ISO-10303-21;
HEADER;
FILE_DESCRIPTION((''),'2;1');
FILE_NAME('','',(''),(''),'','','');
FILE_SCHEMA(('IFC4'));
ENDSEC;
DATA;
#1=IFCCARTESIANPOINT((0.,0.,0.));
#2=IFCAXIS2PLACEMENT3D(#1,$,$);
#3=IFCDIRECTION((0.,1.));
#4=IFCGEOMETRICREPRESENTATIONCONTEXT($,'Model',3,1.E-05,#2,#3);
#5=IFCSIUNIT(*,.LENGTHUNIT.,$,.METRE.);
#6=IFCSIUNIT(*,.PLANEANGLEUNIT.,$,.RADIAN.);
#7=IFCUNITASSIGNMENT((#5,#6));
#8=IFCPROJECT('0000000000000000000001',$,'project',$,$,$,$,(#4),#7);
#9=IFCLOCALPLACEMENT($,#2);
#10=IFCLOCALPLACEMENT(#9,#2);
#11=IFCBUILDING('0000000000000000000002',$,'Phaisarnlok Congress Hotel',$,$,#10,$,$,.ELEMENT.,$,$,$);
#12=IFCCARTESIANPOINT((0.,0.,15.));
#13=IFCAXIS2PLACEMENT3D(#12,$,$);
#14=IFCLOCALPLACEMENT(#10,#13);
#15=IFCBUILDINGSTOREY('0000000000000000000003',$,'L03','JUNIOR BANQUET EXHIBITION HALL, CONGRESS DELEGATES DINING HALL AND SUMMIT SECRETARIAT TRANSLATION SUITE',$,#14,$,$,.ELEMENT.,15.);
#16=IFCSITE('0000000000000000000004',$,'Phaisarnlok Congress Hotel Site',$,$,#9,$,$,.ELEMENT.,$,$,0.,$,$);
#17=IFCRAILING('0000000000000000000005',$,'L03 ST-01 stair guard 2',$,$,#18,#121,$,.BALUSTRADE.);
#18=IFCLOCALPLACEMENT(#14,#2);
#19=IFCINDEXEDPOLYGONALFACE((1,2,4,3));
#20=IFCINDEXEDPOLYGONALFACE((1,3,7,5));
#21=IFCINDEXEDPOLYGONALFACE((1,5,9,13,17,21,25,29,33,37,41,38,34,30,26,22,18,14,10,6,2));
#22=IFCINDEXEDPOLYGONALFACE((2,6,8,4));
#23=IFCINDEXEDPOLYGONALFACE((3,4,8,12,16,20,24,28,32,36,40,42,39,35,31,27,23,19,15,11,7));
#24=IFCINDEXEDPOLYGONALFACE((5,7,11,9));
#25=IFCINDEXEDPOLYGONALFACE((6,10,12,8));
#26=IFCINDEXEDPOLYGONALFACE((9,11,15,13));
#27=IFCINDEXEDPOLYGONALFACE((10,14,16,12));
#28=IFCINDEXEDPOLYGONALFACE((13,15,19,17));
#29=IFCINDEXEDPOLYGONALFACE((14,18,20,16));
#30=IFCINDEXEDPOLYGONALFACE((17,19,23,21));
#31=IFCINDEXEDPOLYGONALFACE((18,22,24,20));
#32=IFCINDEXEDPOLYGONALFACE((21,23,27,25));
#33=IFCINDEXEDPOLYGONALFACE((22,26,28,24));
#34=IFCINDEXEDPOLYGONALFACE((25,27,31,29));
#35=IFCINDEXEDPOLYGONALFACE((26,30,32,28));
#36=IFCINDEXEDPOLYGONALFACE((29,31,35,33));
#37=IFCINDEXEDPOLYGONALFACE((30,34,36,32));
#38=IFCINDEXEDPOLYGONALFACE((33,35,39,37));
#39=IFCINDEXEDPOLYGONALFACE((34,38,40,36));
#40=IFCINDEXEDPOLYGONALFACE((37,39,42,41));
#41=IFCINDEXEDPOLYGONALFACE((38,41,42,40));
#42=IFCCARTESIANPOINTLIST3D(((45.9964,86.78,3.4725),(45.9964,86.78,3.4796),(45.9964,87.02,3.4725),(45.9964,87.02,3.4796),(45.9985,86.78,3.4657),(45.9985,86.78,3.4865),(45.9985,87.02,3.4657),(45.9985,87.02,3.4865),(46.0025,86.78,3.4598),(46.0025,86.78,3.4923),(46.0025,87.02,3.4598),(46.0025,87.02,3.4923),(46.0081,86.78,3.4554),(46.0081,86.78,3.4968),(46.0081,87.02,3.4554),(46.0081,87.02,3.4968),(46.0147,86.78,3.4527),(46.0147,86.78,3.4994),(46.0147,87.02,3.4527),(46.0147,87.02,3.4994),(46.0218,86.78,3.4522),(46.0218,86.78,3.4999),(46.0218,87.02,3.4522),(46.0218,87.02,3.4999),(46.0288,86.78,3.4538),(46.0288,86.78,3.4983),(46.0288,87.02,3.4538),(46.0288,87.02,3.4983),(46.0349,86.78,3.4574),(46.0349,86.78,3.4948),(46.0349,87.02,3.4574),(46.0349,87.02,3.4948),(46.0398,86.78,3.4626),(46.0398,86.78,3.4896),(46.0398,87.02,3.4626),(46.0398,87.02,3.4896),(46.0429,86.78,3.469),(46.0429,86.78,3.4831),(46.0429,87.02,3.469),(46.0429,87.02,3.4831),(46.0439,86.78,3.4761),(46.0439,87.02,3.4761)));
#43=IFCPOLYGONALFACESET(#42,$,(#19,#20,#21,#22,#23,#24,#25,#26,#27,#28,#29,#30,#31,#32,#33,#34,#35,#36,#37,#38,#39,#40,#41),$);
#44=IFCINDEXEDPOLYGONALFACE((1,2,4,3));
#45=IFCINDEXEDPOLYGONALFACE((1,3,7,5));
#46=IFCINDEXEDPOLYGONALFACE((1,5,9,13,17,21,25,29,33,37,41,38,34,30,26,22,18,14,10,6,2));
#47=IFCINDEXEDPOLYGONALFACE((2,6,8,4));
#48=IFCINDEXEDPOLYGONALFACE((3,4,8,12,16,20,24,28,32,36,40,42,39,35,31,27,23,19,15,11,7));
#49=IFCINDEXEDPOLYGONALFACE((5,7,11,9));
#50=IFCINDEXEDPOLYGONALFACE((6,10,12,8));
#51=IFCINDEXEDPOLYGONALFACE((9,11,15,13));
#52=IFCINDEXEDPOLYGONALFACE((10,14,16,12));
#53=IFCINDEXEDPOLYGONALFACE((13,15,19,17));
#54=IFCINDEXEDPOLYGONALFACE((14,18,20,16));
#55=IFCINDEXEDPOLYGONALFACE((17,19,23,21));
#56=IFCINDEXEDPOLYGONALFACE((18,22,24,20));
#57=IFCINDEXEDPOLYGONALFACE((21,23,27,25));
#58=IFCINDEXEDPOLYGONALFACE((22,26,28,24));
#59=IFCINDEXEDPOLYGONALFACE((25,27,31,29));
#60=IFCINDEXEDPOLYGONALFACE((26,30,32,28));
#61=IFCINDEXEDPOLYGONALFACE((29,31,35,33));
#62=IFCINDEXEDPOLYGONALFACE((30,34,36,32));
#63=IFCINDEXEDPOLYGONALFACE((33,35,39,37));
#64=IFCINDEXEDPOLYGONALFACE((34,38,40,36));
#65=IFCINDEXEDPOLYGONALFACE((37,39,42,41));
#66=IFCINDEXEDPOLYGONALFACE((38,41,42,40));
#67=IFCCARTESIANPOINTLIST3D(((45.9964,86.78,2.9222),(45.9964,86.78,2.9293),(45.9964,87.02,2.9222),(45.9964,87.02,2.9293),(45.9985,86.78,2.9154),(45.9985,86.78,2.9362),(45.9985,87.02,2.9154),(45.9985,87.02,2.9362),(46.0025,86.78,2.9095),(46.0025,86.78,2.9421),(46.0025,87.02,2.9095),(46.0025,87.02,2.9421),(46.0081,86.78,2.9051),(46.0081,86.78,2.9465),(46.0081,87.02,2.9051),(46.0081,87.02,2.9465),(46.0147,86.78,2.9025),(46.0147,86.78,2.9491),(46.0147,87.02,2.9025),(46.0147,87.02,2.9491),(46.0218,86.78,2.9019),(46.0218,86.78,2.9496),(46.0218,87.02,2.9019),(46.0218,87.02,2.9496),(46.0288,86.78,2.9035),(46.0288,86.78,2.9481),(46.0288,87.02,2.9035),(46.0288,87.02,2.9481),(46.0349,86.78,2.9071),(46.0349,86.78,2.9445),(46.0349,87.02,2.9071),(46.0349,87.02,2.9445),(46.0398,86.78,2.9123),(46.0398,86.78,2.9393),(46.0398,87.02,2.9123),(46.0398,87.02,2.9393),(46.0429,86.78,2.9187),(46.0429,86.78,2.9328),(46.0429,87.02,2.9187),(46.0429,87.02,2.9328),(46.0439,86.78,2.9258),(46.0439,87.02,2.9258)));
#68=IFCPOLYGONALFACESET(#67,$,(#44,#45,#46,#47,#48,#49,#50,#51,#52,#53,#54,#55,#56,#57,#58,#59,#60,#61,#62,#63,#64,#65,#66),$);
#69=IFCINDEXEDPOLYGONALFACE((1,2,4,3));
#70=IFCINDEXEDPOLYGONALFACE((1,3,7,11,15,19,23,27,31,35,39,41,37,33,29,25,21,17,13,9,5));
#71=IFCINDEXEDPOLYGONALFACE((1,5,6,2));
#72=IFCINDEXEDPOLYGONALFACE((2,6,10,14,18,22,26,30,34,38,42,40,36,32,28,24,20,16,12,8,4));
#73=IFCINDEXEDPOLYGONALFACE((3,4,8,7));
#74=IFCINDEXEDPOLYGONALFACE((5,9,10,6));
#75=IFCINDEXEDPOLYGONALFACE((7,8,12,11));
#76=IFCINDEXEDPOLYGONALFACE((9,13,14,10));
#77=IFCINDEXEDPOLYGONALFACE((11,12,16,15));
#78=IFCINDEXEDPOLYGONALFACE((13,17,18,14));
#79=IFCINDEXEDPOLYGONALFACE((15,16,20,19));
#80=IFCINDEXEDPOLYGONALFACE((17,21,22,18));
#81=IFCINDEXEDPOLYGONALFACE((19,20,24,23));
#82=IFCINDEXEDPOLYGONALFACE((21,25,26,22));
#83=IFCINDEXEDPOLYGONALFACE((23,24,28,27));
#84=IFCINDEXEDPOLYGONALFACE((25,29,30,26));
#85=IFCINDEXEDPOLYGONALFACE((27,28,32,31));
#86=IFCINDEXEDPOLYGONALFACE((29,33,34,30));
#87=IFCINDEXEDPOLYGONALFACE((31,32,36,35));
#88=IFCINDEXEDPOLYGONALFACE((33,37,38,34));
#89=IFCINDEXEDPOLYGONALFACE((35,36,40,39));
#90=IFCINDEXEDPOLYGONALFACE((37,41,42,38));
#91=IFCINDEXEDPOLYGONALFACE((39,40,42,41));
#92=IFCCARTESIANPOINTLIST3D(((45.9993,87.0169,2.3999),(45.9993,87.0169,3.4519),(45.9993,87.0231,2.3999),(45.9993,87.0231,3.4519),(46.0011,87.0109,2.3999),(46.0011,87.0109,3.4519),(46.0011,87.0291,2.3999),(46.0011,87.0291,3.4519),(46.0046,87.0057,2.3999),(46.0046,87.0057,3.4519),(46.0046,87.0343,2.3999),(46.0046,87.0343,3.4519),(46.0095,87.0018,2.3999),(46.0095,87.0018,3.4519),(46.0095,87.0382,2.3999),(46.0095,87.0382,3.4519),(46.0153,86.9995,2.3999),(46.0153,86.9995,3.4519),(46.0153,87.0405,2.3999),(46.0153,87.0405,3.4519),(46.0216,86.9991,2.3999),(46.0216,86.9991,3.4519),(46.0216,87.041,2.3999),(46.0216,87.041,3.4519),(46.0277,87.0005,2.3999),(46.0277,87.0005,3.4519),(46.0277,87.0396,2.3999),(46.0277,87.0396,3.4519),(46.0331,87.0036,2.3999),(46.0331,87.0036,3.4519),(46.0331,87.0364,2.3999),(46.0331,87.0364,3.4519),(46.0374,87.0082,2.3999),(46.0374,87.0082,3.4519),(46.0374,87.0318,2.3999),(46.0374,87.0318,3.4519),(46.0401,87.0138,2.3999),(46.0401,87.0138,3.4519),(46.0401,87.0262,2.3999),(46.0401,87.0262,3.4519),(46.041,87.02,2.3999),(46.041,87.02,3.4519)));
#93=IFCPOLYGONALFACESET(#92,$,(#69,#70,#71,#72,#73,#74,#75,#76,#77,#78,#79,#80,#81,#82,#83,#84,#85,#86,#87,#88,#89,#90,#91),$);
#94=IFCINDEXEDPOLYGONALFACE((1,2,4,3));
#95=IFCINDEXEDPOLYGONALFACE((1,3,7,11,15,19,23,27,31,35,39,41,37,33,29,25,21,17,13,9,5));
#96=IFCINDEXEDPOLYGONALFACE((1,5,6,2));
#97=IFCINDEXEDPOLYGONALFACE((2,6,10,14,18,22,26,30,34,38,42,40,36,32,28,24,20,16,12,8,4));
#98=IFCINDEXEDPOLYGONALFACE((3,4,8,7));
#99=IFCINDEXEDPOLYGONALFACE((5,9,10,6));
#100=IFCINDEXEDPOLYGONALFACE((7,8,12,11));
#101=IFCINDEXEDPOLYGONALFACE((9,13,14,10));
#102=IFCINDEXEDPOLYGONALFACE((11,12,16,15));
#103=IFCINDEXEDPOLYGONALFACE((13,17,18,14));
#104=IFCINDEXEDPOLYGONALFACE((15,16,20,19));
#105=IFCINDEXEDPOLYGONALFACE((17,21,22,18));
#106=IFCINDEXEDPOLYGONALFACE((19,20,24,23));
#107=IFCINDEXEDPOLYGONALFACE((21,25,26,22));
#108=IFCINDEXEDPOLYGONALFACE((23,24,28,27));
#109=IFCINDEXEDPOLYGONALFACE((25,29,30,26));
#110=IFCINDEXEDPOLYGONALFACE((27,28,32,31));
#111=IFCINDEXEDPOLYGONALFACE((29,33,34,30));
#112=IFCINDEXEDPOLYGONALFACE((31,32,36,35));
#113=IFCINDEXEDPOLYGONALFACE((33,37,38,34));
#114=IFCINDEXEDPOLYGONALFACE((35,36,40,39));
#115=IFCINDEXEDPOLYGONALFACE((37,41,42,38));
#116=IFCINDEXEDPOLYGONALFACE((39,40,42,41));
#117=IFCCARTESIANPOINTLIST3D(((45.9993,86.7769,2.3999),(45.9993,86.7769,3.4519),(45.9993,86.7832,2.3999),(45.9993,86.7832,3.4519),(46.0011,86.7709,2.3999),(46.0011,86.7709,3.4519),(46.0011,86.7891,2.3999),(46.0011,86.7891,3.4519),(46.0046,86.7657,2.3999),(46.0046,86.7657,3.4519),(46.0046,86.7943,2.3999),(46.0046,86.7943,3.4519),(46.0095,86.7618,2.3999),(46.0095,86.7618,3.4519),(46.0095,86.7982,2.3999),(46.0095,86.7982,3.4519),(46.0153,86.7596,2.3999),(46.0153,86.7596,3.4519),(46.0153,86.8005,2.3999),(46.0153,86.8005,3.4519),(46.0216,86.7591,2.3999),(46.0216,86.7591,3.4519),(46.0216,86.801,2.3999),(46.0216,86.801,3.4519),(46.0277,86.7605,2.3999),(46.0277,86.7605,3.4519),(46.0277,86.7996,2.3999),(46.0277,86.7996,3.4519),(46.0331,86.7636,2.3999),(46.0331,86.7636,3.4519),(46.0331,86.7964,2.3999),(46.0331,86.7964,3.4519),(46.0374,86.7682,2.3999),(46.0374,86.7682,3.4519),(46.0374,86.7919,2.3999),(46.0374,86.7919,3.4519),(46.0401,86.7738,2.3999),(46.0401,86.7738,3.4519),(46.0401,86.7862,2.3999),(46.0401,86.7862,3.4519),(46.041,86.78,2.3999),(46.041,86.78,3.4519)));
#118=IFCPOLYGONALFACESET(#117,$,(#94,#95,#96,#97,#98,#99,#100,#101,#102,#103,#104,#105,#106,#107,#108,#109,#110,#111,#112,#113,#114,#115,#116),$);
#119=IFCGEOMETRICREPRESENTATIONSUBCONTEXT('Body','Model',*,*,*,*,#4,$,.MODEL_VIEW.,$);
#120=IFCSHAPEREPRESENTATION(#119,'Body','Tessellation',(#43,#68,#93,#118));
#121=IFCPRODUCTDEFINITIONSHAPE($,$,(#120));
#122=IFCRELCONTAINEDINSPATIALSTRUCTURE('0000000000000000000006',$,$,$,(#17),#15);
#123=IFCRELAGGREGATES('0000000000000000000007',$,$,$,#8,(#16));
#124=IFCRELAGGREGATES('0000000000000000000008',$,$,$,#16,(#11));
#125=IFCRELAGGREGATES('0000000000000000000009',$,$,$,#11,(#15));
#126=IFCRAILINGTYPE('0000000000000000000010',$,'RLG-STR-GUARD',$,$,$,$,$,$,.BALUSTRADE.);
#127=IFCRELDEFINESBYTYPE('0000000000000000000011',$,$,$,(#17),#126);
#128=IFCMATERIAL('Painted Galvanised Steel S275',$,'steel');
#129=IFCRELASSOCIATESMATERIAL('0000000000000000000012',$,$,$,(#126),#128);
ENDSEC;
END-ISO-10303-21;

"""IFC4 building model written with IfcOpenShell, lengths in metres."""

from ifc_helpers import new_model, si_unit, direction, frame, origin, origin_2d, place, context, subcontext, project, spatial, circle, extrude, material, type_object, element, save


model = new_model("IFC4")

# Units and contexts
model_context = context("Model", 3, precision=1e-05, world=origin(), true_north=direction((0.0, 1.0)))
body_context = subcontext(model_context, "Body", "Model", "MODEL_VIEW")
ifc_project = project(units=[si_unit("LENGTHUNIT", "METRE"), si_unit("PLANEANGLEUNIT", "RADIAN")], contexts=[model_context])

# Site, building, storey
site_placement = place(None, origin())
site = spatial("IfcSite", under=ifc_project, at=site_placement, Name="Phaisarnlok Congress Hotel Site", CompositionType="ELEMENT", RefElevation=0.0)
building_placement = place(site_placement, origin())
building = spatial("IfcBuilding", under=site, at=building_placement, Name="Phaisarnlok Congress Hotel", CompositionType="ELEMENT")
storey_placement = place(building_placement, frame((0.0, 0.0, 15.0)))
storey = spatial("IfcBuildingStorey", under=building, at=storey_placement, Name="L03", Description="JUNIOR BANQUET EXHIBITION HALL, CONGRESS DELEGATES DINING HALL AND SUMMIT SECRETARIAT TRANSLATION SUITE", CompositionType="ELEMENT", Elevation=15.0)

# Railing
ifc_material_1 = material(Name="Painted Galvanised Steel S275", Category="steel")
railing_type_1 = type_object("IfcRailingType", Name="RLG-STR-GUARD", PredefinedType="BALUSTRADE", material=ifc_material_1)
railing_1_placement = place(storey_placement, frame((46.02, 87.02, 2.3999)))
element("IfcRailing", 1, at=railing_1_placement, inside=storey, type_object=railing_type_1, Name="L03 ST-01 stair guard 2", PredefinedType="BALUSTRADE", context=body_context, shape_type="SweptSolid", body=[
    extrude(circle(Radius=0.0239, at=origin_2d()), frame((0.0, 0.0, 1.0762), z_axis=(0.0, -1.0, 0.0), x_axis=(1.0, 0.0, 0.0)), (0.0, 0.0, 1.0), 0.24),
    extrude(circle(Radius=0.0239, at=origin_2d()), frame((0.0, 0.0, 0.5259), z_axis=(0.0, -1.0, 0.0), x_axis=(1.0, 0.0, 0.0)), (0.0, 0.0, 1.0), 0.24),
    extrude(circle(Radius=0.021, at=origin_2d()), origin(), (0.0, 0.0, 1.0), 1.052),
    extrude(circle(Radius=0.021, at=origin_2d()), frame((0.0, -0.24, 0.0)), (0.0, 0.0, 1.0), 1.052),
])

save(model, "model.ifc")
